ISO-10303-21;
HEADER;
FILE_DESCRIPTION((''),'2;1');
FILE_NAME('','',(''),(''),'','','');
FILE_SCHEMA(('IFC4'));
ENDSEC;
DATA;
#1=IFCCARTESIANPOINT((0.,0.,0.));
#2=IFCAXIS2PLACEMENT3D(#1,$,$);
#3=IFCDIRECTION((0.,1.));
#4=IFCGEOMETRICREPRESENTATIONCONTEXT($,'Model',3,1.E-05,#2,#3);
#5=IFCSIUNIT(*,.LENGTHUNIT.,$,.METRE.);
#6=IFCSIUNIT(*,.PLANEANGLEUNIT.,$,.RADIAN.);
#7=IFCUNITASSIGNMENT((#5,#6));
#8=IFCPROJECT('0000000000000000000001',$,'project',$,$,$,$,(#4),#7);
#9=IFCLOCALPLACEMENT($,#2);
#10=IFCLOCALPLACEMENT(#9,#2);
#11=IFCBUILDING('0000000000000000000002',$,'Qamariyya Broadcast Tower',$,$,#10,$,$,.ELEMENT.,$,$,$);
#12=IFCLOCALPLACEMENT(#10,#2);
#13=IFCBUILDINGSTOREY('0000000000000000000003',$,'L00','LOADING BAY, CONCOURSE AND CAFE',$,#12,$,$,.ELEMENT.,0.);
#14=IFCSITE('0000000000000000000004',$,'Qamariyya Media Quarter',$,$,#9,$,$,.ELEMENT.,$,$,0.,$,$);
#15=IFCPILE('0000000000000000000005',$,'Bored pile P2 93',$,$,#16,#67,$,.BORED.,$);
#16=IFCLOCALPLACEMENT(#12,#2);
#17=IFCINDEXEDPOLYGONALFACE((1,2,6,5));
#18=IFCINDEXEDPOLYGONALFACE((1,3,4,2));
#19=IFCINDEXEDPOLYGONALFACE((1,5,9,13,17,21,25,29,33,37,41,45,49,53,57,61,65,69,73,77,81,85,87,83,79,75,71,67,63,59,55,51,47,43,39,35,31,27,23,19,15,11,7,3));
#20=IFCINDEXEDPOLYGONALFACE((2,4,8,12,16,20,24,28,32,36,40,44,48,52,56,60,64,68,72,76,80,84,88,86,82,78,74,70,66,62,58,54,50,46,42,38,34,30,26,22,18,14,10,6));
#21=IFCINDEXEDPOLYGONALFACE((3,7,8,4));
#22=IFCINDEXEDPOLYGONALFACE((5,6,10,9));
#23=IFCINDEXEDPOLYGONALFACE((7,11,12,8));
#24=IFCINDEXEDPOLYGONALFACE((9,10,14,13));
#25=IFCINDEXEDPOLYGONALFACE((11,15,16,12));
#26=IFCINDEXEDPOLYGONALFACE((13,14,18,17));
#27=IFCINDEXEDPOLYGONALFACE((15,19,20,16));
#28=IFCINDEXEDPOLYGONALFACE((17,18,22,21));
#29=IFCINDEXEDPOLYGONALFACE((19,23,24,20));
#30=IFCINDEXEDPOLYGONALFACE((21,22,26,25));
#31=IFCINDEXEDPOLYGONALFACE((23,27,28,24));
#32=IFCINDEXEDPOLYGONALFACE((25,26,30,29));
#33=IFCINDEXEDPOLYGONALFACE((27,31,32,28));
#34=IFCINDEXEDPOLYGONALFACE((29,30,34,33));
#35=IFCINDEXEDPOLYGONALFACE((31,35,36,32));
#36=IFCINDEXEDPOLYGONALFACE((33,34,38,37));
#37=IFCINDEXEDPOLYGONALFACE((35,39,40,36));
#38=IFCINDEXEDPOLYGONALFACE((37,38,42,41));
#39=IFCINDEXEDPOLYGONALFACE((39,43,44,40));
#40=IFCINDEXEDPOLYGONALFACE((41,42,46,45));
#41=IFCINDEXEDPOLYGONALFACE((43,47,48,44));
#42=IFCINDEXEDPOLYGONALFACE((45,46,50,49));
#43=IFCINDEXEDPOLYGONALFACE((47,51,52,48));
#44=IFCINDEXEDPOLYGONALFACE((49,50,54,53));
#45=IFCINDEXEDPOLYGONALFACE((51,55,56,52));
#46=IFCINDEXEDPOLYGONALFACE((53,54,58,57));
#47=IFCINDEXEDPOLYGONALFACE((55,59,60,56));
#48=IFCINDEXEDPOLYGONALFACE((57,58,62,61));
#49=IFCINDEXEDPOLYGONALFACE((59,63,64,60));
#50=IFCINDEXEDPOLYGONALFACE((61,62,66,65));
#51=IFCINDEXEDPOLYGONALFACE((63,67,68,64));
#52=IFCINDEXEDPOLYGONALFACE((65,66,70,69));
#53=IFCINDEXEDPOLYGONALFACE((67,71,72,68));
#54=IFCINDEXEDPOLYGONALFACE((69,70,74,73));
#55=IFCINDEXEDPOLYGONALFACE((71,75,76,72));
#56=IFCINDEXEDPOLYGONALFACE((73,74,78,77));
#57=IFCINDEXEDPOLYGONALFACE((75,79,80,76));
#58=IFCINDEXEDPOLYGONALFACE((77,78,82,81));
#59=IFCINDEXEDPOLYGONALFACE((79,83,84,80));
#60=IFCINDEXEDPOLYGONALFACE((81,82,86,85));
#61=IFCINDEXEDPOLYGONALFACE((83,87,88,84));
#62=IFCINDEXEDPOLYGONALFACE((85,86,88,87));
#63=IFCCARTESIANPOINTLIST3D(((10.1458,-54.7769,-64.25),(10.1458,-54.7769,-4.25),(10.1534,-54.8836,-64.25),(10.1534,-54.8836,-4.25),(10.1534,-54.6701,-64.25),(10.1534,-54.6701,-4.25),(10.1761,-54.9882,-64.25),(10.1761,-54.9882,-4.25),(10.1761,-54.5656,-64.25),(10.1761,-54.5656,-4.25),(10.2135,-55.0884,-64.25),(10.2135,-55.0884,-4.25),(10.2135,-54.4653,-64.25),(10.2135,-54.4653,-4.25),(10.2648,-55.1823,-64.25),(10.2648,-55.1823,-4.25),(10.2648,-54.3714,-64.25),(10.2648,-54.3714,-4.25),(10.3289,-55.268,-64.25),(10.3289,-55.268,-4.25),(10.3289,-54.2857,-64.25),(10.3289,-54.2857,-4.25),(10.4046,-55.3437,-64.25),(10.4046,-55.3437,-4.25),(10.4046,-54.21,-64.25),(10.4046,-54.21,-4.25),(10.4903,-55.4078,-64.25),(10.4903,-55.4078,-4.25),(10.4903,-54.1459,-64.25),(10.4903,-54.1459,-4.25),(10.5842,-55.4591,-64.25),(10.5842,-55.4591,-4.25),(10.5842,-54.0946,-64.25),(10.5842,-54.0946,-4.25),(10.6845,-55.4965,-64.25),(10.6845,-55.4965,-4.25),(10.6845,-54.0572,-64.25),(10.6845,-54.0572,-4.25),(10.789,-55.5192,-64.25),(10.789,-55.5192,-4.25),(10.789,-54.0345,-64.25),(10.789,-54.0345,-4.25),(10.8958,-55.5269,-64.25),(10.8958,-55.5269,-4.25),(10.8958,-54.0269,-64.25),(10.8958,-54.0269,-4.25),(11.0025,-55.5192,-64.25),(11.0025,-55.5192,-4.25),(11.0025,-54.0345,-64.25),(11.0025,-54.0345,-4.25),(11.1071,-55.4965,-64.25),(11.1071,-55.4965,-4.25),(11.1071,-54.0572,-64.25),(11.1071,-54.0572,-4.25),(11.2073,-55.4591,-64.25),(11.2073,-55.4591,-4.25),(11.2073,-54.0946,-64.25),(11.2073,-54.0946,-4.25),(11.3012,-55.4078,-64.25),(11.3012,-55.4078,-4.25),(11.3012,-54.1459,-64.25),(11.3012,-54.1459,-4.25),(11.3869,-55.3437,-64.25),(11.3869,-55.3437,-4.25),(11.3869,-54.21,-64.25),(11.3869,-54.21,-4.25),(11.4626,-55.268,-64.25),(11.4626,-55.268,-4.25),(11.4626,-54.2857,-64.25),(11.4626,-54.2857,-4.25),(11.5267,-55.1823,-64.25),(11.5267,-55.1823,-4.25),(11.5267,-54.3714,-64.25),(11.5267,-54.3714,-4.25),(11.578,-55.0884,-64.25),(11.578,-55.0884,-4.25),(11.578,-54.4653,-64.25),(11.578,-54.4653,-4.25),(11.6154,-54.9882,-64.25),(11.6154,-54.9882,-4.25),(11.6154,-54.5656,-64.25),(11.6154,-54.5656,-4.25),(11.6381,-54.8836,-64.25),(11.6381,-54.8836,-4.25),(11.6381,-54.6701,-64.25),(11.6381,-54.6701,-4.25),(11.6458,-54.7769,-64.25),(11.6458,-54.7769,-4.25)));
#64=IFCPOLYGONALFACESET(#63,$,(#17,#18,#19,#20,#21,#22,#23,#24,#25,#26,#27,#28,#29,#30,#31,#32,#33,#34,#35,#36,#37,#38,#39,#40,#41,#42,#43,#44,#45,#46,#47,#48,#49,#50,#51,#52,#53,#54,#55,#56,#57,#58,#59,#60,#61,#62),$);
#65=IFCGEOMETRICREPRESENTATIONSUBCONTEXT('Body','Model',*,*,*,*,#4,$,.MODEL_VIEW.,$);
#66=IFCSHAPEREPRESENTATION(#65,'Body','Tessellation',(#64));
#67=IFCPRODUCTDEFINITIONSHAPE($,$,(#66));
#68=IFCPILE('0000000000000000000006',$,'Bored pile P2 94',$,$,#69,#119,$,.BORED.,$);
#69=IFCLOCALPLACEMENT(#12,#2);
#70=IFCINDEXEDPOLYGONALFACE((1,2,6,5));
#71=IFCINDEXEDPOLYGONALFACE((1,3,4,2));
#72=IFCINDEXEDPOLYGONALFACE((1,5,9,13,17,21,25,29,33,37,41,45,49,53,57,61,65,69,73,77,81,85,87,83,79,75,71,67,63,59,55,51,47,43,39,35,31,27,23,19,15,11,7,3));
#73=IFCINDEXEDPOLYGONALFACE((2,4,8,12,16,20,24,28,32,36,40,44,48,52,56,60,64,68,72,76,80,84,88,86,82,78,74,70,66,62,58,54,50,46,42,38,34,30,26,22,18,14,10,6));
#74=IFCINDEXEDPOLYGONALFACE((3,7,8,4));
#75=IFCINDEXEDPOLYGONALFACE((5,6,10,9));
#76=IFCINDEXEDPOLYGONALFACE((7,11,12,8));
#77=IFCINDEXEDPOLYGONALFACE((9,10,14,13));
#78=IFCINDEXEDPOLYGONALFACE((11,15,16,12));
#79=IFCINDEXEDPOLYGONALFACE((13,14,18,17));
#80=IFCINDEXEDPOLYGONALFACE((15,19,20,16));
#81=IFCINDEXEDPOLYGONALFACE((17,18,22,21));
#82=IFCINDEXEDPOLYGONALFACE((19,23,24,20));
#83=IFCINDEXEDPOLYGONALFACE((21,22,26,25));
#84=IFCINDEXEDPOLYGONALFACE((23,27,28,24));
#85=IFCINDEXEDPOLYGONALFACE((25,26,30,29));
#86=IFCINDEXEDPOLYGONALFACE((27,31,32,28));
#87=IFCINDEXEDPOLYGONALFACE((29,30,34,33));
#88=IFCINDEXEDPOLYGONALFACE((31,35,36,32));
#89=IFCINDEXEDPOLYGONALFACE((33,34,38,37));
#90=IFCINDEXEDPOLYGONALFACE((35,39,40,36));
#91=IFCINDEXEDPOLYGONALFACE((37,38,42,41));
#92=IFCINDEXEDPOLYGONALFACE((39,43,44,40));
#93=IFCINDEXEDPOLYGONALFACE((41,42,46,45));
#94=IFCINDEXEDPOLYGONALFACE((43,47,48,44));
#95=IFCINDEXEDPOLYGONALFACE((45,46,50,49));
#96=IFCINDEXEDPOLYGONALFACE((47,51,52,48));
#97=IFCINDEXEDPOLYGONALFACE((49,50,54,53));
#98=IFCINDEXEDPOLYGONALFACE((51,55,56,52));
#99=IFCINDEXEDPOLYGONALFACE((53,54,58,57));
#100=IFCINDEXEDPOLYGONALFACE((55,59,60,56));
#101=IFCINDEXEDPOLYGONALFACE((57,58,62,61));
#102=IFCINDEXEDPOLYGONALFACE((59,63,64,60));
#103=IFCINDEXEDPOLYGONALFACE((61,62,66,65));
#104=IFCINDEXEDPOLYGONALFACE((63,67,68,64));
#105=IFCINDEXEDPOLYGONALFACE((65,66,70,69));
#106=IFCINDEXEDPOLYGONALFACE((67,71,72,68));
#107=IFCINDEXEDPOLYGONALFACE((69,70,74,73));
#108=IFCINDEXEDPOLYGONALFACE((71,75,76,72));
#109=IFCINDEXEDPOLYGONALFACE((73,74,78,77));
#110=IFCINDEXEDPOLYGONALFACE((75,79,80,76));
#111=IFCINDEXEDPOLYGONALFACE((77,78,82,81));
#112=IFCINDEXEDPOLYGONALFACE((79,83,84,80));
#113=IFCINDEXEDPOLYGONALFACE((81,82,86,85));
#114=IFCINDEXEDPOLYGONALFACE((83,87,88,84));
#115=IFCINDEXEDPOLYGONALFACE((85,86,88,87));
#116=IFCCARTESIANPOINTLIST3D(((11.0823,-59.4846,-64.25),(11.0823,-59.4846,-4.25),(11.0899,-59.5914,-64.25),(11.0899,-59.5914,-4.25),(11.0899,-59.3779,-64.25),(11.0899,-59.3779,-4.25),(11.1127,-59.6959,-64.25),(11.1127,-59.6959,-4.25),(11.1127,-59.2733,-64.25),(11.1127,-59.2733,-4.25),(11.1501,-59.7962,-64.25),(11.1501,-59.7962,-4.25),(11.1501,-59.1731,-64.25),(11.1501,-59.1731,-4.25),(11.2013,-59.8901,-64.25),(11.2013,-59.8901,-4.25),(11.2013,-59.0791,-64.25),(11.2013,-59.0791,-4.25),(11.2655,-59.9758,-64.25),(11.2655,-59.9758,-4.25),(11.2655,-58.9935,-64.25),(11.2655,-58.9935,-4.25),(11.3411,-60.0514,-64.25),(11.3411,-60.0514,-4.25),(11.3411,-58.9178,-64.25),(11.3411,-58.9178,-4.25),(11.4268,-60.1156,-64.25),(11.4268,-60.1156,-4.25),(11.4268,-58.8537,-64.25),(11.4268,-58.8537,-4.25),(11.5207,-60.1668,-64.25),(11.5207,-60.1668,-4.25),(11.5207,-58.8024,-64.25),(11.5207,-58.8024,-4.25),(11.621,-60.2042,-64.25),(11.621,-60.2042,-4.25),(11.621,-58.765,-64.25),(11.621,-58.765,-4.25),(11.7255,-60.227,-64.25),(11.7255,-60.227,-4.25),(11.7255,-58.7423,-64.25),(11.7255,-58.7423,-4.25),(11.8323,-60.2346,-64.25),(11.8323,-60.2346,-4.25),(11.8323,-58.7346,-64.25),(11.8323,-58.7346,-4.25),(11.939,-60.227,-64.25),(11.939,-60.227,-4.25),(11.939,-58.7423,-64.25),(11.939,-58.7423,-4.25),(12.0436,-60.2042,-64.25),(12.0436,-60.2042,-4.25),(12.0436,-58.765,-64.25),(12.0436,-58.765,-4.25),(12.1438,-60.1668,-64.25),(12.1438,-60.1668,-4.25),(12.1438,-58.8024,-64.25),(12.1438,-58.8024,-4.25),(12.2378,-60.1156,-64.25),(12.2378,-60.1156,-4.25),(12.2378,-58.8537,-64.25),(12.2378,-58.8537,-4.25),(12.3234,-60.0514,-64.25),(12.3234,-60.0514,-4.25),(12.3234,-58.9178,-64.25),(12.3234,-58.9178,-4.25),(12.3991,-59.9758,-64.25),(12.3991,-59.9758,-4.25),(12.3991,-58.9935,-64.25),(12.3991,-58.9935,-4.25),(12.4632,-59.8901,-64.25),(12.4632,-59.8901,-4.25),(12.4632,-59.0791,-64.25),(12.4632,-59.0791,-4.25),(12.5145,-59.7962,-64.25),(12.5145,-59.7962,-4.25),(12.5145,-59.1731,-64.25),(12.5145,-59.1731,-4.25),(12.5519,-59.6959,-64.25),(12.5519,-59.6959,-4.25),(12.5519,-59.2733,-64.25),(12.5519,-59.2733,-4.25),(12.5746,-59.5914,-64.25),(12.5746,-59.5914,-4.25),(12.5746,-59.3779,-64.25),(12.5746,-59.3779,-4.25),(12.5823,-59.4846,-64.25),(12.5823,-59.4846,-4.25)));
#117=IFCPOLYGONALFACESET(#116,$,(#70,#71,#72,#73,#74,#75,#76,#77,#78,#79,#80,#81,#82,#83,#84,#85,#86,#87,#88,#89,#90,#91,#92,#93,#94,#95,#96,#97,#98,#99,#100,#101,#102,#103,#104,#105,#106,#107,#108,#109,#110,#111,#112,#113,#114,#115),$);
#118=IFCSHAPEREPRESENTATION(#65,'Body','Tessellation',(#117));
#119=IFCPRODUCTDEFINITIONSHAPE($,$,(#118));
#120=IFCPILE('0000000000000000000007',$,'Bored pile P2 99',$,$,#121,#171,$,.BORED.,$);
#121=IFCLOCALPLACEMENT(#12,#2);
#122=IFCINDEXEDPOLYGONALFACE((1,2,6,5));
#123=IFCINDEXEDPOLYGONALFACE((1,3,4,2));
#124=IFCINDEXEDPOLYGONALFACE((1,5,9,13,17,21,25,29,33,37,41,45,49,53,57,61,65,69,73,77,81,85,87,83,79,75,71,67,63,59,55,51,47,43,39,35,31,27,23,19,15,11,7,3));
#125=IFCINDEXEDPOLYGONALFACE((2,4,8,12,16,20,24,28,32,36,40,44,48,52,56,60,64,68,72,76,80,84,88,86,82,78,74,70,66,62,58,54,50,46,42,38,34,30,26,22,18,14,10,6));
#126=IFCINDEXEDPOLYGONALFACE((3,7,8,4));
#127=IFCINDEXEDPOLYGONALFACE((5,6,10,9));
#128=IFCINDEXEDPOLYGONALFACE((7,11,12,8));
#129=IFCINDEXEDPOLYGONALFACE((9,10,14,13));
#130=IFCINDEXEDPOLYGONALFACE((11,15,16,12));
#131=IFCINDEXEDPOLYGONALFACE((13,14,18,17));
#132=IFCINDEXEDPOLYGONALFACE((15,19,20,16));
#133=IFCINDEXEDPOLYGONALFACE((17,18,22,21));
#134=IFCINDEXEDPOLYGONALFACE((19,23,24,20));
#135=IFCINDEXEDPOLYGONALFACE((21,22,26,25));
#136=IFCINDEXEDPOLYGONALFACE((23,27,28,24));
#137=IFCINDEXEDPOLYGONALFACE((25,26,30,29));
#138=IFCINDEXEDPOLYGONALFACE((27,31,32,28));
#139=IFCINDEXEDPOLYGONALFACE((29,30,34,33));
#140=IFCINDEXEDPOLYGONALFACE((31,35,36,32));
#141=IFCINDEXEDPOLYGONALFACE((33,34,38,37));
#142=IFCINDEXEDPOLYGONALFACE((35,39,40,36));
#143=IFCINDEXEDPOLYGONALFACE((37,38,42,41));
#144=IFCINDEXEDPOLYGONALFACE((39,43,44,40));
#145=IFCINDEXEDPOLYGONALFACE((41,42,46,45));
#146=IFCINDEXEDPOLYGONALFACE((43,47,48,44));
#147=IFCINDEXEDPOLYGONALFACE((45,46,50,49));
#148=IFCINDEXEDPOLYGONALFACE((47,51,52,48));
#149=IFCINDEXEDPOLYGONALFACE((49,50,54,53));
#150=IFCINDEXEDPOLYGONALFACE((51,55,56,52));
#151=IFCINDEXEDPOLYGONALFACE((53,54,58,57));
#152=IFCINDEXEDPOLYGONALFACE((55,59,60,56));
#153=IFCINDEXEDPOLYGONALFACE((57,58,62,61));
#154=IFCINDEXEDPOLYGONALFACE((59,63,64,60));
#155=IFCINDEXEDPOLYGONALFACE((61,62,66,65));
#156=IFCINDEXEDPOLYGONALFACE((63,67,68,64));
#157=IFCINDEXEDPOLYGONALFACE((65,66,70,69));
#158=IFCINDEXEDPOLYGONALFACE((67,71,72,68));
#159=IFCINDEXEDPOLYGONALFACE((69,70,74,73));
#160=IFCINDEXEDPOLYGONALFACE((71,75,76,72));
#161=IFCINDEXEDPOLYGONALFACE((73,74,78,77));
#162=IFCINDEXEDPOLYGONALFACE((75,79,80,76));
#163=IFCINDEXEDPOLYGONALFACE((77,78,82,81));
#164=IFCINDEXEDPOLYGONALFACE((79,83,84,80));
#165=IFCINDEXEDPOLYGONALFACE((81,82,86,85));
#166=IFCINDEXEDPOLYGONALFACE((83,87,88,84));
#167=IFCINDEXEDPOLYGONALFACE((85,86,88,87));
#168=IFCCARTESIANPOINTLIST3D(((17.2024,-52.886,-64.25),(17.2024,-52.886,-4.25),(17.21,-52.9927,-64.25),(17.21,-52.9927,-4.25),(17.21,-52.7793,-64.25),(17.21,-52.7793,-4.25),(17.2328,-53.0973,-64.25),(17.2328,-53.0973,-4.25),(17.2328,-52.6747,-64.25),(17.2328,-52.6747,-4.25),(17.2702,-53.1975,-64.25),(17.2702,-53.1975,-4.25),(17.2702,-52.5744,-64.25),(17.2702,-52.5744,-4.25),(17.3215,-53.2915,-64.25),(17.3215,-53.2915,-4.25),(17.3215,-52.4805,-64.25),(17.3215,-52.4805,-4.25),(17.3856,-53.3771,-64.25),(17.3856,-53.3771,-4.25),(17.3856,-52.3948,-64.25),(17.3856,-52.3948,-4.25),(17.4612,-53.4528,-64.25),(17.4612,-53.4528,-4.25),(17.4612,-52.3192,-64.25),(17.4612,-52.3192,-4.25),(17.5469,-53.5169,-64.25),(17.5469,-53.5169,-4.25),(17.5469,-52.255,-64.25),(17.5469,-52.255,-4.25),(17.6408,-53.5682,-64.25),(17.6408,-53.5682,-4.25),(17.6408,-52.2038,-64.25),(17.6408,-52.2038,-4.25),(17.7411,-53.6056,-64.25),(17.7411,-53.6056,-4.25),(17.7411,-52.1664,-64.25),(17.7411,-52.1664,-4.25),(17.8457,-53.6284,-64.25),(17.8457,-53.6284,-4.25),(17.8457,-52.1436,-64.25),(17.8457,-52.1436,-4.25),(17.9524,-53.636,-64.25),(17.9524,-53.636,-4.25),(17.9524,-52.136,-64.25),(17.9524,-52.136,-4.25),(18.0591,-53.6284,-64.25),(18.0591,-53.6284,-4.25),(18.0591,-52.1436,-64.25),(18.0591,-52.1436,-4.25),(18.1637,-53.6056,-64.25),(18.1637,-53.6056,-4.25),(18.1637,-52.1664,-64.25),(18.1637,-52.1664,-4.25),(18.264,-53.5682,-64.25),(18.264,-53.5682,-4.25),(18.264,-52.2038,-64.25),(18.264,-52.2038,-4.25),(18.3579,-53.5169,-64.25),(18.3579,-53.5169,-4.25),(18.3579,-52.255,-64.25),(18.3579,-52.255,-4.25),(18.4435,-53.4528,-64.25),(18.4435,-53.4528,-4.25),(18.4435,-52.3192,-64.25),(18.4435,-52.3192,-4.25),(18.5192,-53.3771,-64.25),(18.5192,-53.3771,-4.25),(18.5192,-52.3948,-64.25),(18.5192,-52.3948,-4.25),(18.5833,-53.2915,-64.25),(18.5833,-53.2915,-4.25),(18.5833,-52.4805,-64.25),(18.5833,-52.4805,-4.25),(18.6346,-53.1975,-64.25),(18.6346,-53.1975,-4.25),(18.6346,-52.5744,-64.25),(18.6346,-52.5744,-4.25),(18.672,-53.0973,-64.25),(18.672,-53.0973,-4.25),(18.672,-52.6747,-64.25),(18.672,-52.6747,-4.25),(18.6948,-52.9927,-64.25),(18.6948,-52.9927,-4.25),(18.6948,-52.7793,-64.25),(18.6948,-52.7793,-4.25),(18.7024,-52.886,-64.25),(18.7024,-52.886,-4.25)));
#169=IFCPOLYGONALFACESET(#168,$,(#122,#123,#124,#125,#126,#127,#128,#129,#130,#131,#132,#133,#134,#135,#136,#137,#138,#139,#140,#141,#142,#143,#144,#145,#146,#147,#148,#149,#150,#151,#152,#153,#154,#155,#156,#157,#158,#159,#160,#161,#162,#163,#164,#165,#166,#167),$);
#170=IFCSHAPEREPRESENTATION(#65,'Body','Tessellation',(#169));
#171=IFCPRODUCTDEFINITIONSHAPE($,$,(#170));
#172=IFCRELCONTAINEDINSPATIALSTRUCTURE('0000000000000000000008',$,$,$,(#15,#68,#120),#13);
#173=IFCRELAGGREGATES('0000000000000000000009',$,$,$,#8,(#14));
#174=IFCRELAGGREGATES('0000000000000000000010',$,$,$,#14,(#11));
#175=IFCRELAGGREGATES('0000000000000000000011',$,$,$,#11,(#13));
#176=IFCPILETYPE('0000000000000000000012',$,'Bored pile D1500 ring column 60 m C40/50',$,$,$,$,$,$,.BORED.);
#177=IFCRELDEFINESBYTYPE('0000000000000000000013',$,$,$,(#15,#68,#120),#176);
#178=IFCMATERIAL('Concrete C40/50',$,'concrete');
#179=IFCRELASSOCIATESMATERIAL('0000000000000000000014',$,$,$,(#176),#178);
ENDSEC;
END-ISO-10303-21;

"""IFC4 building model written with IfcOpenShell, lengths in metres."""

from ifc_helpers import new_model, si_unit, direction, frame, origin, origin_2d, place, context, subcontext, project, spatial, circle, extrude, material, material_profile, profile_set, type_object, element, save


model = new_model("IFC4")

# Units and contexts
model_context = context("Model", 3, precision=1e-05, world=origin(), true_north=direction((0.0, 1.0)))
body_context = subcontext(model_context, "Body", "Model", "MODEL_VIEW")
ifc_project = project(units=[si_unit("LENGTHUNIT", "METRE"), si_unit("PLANEANGLEUNIT", "RADIAN")], contexts=[model_context])

# Site, building, storey
site_placement = place(None, origin())
site = spatial("IfcSite", under=ifc_project, at=site_placement, Name="Qamariyya Media Quarter", CompositionType="ELEMENT", RefElevation=0.0)
building_placement = place(site_placement, origin())
building = spatial("IfcBuilding", under=site, at=building_placement, Name="Qamariyya Broadcast Tower", CompositionType="ELEMENT")
storey_placement = place(building_placement, origin())
storey = spatial("IfcBuildingStorey", under=building, at=storey_placement, Name="L00", Description="LOADING BAY, CONCOURSE AND CAFE", CompositionType="ELEMENT", Elevation=0.0)

# Piles
ifc_material_1 = material(Name="Concrete C40/50", Category="concrete")
ifc_material_profile_1 = material_profile(ifc_material_1, circle(Radius=0.75, at=origin_2d()))
ifc_profile_set_1 = profile_set([ifc_material_profile_1], Name="Concrete C40/50")
pile_type_1 = type_object("IfcPileType", Name="Bored pile D1500 ring column 60 m C40/50", PredefinedType="BORED", material=ifc_profile_set_1)
for number, where, z_axis, x_axis, name in (
    (1, (10.8958, -54.7769, -4.25), (0.0, 0.0, -1.0), (1.0, 0.0, 0.0), "Bored pile P2 93"),
    (2, (11.8323, -59.4846, -4.25), (0.0, 0.0, -1.0), (1.0, 0.0, 0.0), "Bored pile P2 94"),
    (3, (17.9524, -52.886, -4.25), (0.0, 0.0, -1.0), (1.0, 0.0, 0.0), "Bored pile P2 99"),
):
    element("IfcPile", number, at=place(storey_placement, frame(where, z_axis=z_axis, x_axis=x_axis)), inside=storey, type_object=pile_type_1, Name=name, PredefinedType="BORED", context=body_context, shape_type="SweptSolid", body=[
        extrude(circle(Radius=0.75, at=origin_2d()), origin(), (0.0, 0.0, 1.0), 60.0),
    ])

save(model, "model.ifc")
